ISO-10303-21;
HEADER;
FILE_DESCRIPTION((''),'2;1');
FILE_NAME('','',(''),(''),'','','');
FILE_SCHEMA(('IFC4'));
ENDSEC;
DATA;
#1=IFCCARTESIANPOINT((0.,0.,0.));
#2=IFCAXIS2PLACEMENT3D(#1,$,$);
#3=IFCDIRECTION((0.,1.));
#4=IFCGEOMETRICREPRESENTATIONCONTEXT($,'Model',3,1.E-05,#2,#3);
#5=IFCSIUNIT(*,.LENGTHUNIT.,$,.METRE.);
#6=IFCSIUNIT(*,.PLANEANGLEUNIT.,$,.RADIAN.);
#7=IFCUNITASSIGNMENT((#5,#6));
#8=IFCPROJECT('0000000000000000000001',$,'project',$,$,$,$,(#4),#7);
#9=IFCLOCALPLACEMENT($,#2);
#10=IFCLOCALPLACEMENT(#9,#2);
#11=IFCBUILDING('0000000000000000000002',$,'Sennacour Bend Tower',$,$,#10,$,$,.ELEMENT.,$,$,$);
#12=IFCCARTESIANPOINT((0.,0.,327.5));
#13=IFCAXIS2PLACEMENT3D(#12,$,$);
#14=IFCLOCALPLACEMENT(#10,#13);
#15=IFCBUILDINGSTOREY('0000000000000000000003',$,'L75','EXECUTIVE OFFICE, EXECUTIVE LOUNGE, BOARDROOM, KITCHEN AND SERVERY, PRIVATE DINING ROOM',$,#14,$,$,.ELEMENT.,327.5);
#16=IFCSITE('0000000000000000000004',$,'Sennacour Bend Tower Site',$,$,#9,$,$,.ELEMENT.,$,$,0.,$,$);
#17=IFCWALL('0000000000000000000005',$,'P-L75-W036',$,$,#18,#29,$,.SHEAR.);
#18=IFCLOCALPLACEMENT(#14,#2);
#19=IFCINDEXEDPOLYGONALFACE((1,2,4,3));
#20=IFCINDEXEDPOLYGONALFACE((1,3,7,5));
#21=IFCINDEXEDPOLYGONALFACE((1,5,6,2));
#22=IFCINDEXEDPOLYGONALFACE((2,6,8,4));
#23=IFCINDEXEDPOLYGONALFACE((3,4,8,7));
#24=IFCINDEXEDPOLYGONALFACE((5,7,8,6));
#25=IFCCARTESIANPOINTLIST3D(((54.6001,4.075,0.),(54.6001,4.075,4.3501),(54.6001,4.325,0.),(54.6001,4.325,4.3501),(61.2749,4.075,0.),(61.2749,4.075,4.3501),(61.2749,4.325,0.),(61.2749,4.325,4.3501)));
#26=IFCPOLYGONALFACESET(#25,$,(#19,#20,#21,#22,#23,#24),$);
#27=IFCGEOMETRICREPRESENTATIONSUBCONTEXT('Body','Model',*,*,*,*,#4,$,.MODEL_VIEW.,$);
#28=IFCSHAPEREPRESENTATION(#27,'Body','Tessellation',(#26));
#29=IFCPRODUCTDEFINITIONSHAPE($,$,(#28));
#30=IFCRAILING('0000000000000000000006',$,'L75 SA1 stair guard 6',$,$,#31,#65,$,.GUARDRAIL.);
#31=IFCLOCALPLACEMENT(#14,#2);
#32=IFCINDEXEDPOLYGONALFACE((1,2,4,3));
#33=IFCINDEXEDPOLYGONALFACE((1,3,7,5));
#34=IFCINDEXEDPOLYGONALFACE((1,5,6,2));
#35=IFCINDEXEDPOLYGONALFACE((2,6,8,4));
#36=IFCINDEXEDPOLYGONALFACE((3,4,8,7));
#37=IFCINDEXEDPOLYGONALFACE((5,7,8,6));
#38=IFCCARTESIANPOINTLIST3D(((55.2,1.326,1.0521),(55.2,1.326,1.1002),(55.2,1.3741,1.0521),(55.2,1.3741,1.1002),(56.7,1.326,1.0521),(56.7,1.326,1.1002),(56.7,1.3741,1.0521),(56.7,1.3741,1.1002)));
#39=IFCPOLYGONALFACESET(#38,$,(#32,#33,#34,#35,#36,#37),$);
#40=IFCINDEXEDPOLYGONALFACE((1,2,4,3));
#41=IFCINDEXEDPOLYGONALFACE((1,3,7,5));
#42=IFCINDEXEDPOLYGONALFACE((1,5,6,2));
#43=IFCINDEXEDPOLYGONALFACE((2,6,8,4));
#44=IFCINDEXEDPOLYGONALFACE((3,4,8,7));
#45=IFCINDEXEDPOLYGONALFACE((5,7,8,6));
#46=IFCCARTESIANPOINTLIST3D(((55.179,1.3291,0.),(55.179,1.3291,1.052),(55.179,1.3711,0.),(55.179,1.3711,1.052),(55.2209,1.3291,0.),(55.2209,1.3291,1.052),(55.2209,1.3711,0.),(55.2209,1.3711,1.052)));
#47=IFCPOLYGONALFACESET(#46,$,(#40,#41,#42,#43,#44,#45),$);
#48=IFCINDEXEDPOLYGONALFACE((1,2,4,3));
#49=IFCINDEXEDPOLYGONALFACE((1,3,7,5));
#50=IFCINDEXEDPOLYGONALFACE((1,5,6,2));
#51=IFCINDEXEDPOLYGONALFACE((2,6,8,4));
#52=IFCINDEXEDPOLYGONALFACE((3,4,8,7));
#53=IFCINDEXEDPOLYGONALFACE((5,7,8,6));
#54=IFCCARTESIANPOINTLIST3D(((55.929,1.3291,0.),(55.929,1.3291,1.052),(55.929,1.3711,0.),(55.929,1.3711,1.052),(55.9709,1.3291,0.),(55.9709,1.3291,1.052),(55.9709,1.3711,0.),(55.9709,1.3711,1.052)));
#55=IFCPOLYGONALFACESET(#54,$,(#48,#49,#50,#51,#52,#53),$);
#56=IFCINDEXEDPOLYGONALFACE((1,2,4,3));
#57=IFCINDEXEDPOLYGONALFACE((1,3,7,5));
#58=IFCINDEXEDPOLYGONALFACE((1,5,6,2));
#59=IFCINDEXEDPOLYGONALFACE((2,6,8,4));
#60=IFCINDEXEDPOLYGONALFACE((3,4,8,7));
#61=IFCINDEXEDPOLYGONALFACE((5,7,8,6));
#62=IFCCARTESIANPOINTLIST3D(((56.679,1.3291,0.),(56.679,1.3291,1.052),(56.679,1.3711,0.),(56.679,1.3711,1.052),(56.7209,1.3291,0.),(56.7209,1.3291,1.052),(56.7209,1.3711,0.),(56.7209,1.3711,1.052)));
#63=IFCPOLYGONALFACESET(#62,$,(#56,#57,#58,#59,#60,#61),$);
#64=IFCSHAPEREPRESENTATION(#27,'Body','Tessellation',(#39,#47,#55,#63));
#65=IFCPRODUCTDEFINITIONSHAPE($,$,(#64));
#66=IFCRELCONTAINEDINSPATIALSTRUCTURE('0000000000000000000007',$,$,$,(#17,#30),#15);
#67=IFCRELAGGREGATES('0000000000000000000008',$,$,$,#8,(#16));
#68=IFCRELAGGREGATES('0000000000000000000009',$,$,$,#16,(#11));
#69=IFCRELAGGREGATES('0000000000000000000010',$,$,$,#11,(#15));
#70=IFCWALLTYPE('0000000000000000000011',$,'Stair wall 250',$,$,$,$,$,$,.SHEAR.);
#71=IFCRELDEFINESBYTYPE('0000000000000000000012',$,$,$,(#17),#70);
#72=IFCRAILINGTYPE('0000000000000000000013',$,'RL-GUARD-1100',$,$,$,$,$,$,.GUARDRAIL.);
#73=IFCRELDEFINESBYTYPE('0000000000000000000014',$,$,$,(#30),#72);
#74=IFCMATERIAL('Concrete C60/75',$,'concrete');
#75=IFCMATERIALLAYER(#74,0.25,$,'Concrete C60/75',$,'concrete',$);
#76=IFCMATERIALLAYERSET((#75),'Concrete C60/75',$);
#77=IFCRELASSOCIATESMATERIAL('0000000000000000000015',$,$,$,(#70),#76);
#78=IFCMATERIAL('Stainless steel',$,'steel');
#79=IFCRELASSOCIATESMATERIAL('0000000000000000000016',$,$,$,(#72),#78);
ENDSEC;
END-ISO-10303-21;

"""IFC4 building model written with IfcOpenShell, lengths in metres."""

from ifc_helpers import new_model, si_unit, direction, frame, frame_2d, origin, origin_2d, place, context, subcontext, project, spatial, rectangle, extrude, material, layer, layer_set, type_object, element, save


model = new_model("IFC4")

# Units and contexts
model_context = context("Model", 3, precision=1e-05, world=origin(), true_north=direction((0.0, 1.0)))
body_context = subcontext(model_context, "Body", "Model", "MODEL_VIEW")
ifc_project = project(units=[si_unit("LENGTHUNIT", "METRE"), si_unit("PLANEANGLEUNIT", "RADIAN")], contexts=[model_context])

# Site, building, storey
site_placement = place(None, origin())
site = spatial("IfcSite", under=ifc_project, at=site_placement, Name="Sennacour Bend Tower Site", CompositionType="ELEMENT", RefElevation=0.0)
building_placement = place(site_placement, origin())
building = spatial("IfcBuilding", under=site, at=building_placement, Name="Sennacour Bend Tower", CompositionType="ELEMENT")
storey_placement = place(building_placement, frame((0.0, 0.0, 327.5)))
storey = spatial("IfcBuildingStorey", under=building, at=storey_placement, Name="L75", Description="EXECUTIVE OFFICE, EXECUTIVE LOUNGE, BOARDROOM, KITCHEN AND SERVERY, PRIVATE DINING ROOM", CompositionType="ELEMENT", Elevation=327.5)

# Shared definitions
ifc_material_1 = material(Name="Stainless steel", Category="steel")

# Wall
ifc_material_2 = material(Name="Concrete C60/75", Category="concrete")
ifc_layer_1 = layer(ifc_material_2, 0.25, Name="Concrete C60/75", Category="concrete")
ifc_layer_set_1 = layer_set([ifc_layer_1], Name="Concrete C60/75")
wall_type_1 = type_object("IfcWallType", Name="Stair wall 250", PredefinedType="SHEAR", material=ifc_layer_set_1)
wall_1_placement = place(storey_placement, frame((54.6001, 4.2, 0.0), z_axis=(0.0, 0.0, 1.0), x_axis=(1.0, 0.0, 0.0)))
element("IfcWall", 1, at=wall_1_placement, inside=storey, type_object=wall_type_1, Name="P-L75-W036", PredefinedType="SHEAR", context=body_context, shape_type="SweptSolid", body=[
    extrude(rectangle(XDim=6.6748, YDim=0.25, at=frame_2d((3.3374, 0.0))), origin(), (0.0, 0.0, 1.0), 4.3501),
])

# Railing
railing_type = type_object("IfcRailingType", Name="RL-GUARD-1100", PredefinedType="GUARDRAIL", material=ifc_material_1)
railing_placement = place(storey_placement, frame((55.2, 1.3501, 0.0)))
element("IfcRailing", 2, at=railing_placement, inside=storey, type_object=railing_type, Name="L75 SA1 stair guard 6", PredefinedType="GUARDRAIL", context=body_context, shape_type="SweptSolid", body=[
    extrude(rectangle(XDim=0.0481, YDim=0.0481, at=origin_2d()), frame((0.0, 0.0, 1.0762), z_axis=(1.0, 0.0, 0.0), x_axis=(0.0, 1.0, 0.0)), (0.0, 0.0, 1.0), 1.5),
    extrude(rectangle(XDim=0.042, YDim=0.042, at=origin_2d()), origin(), (0.0, 0.0, 1.0), 1.052),
    extrude(rectangle(XDim=0.042, YDim=0.042, at=origin_2d()), frame((0.75, 0.0, 0.0)), (0.0, 0.0, 1.0), 1.052),
    extrude(rectangle(XDim=0.042, YDim=0.042, at=origin_2d()), frame((1.5, 0.0, 0.0)), (0.0, 0.0, 1.0), 1.052),
])

save(model, "model.ifc")
